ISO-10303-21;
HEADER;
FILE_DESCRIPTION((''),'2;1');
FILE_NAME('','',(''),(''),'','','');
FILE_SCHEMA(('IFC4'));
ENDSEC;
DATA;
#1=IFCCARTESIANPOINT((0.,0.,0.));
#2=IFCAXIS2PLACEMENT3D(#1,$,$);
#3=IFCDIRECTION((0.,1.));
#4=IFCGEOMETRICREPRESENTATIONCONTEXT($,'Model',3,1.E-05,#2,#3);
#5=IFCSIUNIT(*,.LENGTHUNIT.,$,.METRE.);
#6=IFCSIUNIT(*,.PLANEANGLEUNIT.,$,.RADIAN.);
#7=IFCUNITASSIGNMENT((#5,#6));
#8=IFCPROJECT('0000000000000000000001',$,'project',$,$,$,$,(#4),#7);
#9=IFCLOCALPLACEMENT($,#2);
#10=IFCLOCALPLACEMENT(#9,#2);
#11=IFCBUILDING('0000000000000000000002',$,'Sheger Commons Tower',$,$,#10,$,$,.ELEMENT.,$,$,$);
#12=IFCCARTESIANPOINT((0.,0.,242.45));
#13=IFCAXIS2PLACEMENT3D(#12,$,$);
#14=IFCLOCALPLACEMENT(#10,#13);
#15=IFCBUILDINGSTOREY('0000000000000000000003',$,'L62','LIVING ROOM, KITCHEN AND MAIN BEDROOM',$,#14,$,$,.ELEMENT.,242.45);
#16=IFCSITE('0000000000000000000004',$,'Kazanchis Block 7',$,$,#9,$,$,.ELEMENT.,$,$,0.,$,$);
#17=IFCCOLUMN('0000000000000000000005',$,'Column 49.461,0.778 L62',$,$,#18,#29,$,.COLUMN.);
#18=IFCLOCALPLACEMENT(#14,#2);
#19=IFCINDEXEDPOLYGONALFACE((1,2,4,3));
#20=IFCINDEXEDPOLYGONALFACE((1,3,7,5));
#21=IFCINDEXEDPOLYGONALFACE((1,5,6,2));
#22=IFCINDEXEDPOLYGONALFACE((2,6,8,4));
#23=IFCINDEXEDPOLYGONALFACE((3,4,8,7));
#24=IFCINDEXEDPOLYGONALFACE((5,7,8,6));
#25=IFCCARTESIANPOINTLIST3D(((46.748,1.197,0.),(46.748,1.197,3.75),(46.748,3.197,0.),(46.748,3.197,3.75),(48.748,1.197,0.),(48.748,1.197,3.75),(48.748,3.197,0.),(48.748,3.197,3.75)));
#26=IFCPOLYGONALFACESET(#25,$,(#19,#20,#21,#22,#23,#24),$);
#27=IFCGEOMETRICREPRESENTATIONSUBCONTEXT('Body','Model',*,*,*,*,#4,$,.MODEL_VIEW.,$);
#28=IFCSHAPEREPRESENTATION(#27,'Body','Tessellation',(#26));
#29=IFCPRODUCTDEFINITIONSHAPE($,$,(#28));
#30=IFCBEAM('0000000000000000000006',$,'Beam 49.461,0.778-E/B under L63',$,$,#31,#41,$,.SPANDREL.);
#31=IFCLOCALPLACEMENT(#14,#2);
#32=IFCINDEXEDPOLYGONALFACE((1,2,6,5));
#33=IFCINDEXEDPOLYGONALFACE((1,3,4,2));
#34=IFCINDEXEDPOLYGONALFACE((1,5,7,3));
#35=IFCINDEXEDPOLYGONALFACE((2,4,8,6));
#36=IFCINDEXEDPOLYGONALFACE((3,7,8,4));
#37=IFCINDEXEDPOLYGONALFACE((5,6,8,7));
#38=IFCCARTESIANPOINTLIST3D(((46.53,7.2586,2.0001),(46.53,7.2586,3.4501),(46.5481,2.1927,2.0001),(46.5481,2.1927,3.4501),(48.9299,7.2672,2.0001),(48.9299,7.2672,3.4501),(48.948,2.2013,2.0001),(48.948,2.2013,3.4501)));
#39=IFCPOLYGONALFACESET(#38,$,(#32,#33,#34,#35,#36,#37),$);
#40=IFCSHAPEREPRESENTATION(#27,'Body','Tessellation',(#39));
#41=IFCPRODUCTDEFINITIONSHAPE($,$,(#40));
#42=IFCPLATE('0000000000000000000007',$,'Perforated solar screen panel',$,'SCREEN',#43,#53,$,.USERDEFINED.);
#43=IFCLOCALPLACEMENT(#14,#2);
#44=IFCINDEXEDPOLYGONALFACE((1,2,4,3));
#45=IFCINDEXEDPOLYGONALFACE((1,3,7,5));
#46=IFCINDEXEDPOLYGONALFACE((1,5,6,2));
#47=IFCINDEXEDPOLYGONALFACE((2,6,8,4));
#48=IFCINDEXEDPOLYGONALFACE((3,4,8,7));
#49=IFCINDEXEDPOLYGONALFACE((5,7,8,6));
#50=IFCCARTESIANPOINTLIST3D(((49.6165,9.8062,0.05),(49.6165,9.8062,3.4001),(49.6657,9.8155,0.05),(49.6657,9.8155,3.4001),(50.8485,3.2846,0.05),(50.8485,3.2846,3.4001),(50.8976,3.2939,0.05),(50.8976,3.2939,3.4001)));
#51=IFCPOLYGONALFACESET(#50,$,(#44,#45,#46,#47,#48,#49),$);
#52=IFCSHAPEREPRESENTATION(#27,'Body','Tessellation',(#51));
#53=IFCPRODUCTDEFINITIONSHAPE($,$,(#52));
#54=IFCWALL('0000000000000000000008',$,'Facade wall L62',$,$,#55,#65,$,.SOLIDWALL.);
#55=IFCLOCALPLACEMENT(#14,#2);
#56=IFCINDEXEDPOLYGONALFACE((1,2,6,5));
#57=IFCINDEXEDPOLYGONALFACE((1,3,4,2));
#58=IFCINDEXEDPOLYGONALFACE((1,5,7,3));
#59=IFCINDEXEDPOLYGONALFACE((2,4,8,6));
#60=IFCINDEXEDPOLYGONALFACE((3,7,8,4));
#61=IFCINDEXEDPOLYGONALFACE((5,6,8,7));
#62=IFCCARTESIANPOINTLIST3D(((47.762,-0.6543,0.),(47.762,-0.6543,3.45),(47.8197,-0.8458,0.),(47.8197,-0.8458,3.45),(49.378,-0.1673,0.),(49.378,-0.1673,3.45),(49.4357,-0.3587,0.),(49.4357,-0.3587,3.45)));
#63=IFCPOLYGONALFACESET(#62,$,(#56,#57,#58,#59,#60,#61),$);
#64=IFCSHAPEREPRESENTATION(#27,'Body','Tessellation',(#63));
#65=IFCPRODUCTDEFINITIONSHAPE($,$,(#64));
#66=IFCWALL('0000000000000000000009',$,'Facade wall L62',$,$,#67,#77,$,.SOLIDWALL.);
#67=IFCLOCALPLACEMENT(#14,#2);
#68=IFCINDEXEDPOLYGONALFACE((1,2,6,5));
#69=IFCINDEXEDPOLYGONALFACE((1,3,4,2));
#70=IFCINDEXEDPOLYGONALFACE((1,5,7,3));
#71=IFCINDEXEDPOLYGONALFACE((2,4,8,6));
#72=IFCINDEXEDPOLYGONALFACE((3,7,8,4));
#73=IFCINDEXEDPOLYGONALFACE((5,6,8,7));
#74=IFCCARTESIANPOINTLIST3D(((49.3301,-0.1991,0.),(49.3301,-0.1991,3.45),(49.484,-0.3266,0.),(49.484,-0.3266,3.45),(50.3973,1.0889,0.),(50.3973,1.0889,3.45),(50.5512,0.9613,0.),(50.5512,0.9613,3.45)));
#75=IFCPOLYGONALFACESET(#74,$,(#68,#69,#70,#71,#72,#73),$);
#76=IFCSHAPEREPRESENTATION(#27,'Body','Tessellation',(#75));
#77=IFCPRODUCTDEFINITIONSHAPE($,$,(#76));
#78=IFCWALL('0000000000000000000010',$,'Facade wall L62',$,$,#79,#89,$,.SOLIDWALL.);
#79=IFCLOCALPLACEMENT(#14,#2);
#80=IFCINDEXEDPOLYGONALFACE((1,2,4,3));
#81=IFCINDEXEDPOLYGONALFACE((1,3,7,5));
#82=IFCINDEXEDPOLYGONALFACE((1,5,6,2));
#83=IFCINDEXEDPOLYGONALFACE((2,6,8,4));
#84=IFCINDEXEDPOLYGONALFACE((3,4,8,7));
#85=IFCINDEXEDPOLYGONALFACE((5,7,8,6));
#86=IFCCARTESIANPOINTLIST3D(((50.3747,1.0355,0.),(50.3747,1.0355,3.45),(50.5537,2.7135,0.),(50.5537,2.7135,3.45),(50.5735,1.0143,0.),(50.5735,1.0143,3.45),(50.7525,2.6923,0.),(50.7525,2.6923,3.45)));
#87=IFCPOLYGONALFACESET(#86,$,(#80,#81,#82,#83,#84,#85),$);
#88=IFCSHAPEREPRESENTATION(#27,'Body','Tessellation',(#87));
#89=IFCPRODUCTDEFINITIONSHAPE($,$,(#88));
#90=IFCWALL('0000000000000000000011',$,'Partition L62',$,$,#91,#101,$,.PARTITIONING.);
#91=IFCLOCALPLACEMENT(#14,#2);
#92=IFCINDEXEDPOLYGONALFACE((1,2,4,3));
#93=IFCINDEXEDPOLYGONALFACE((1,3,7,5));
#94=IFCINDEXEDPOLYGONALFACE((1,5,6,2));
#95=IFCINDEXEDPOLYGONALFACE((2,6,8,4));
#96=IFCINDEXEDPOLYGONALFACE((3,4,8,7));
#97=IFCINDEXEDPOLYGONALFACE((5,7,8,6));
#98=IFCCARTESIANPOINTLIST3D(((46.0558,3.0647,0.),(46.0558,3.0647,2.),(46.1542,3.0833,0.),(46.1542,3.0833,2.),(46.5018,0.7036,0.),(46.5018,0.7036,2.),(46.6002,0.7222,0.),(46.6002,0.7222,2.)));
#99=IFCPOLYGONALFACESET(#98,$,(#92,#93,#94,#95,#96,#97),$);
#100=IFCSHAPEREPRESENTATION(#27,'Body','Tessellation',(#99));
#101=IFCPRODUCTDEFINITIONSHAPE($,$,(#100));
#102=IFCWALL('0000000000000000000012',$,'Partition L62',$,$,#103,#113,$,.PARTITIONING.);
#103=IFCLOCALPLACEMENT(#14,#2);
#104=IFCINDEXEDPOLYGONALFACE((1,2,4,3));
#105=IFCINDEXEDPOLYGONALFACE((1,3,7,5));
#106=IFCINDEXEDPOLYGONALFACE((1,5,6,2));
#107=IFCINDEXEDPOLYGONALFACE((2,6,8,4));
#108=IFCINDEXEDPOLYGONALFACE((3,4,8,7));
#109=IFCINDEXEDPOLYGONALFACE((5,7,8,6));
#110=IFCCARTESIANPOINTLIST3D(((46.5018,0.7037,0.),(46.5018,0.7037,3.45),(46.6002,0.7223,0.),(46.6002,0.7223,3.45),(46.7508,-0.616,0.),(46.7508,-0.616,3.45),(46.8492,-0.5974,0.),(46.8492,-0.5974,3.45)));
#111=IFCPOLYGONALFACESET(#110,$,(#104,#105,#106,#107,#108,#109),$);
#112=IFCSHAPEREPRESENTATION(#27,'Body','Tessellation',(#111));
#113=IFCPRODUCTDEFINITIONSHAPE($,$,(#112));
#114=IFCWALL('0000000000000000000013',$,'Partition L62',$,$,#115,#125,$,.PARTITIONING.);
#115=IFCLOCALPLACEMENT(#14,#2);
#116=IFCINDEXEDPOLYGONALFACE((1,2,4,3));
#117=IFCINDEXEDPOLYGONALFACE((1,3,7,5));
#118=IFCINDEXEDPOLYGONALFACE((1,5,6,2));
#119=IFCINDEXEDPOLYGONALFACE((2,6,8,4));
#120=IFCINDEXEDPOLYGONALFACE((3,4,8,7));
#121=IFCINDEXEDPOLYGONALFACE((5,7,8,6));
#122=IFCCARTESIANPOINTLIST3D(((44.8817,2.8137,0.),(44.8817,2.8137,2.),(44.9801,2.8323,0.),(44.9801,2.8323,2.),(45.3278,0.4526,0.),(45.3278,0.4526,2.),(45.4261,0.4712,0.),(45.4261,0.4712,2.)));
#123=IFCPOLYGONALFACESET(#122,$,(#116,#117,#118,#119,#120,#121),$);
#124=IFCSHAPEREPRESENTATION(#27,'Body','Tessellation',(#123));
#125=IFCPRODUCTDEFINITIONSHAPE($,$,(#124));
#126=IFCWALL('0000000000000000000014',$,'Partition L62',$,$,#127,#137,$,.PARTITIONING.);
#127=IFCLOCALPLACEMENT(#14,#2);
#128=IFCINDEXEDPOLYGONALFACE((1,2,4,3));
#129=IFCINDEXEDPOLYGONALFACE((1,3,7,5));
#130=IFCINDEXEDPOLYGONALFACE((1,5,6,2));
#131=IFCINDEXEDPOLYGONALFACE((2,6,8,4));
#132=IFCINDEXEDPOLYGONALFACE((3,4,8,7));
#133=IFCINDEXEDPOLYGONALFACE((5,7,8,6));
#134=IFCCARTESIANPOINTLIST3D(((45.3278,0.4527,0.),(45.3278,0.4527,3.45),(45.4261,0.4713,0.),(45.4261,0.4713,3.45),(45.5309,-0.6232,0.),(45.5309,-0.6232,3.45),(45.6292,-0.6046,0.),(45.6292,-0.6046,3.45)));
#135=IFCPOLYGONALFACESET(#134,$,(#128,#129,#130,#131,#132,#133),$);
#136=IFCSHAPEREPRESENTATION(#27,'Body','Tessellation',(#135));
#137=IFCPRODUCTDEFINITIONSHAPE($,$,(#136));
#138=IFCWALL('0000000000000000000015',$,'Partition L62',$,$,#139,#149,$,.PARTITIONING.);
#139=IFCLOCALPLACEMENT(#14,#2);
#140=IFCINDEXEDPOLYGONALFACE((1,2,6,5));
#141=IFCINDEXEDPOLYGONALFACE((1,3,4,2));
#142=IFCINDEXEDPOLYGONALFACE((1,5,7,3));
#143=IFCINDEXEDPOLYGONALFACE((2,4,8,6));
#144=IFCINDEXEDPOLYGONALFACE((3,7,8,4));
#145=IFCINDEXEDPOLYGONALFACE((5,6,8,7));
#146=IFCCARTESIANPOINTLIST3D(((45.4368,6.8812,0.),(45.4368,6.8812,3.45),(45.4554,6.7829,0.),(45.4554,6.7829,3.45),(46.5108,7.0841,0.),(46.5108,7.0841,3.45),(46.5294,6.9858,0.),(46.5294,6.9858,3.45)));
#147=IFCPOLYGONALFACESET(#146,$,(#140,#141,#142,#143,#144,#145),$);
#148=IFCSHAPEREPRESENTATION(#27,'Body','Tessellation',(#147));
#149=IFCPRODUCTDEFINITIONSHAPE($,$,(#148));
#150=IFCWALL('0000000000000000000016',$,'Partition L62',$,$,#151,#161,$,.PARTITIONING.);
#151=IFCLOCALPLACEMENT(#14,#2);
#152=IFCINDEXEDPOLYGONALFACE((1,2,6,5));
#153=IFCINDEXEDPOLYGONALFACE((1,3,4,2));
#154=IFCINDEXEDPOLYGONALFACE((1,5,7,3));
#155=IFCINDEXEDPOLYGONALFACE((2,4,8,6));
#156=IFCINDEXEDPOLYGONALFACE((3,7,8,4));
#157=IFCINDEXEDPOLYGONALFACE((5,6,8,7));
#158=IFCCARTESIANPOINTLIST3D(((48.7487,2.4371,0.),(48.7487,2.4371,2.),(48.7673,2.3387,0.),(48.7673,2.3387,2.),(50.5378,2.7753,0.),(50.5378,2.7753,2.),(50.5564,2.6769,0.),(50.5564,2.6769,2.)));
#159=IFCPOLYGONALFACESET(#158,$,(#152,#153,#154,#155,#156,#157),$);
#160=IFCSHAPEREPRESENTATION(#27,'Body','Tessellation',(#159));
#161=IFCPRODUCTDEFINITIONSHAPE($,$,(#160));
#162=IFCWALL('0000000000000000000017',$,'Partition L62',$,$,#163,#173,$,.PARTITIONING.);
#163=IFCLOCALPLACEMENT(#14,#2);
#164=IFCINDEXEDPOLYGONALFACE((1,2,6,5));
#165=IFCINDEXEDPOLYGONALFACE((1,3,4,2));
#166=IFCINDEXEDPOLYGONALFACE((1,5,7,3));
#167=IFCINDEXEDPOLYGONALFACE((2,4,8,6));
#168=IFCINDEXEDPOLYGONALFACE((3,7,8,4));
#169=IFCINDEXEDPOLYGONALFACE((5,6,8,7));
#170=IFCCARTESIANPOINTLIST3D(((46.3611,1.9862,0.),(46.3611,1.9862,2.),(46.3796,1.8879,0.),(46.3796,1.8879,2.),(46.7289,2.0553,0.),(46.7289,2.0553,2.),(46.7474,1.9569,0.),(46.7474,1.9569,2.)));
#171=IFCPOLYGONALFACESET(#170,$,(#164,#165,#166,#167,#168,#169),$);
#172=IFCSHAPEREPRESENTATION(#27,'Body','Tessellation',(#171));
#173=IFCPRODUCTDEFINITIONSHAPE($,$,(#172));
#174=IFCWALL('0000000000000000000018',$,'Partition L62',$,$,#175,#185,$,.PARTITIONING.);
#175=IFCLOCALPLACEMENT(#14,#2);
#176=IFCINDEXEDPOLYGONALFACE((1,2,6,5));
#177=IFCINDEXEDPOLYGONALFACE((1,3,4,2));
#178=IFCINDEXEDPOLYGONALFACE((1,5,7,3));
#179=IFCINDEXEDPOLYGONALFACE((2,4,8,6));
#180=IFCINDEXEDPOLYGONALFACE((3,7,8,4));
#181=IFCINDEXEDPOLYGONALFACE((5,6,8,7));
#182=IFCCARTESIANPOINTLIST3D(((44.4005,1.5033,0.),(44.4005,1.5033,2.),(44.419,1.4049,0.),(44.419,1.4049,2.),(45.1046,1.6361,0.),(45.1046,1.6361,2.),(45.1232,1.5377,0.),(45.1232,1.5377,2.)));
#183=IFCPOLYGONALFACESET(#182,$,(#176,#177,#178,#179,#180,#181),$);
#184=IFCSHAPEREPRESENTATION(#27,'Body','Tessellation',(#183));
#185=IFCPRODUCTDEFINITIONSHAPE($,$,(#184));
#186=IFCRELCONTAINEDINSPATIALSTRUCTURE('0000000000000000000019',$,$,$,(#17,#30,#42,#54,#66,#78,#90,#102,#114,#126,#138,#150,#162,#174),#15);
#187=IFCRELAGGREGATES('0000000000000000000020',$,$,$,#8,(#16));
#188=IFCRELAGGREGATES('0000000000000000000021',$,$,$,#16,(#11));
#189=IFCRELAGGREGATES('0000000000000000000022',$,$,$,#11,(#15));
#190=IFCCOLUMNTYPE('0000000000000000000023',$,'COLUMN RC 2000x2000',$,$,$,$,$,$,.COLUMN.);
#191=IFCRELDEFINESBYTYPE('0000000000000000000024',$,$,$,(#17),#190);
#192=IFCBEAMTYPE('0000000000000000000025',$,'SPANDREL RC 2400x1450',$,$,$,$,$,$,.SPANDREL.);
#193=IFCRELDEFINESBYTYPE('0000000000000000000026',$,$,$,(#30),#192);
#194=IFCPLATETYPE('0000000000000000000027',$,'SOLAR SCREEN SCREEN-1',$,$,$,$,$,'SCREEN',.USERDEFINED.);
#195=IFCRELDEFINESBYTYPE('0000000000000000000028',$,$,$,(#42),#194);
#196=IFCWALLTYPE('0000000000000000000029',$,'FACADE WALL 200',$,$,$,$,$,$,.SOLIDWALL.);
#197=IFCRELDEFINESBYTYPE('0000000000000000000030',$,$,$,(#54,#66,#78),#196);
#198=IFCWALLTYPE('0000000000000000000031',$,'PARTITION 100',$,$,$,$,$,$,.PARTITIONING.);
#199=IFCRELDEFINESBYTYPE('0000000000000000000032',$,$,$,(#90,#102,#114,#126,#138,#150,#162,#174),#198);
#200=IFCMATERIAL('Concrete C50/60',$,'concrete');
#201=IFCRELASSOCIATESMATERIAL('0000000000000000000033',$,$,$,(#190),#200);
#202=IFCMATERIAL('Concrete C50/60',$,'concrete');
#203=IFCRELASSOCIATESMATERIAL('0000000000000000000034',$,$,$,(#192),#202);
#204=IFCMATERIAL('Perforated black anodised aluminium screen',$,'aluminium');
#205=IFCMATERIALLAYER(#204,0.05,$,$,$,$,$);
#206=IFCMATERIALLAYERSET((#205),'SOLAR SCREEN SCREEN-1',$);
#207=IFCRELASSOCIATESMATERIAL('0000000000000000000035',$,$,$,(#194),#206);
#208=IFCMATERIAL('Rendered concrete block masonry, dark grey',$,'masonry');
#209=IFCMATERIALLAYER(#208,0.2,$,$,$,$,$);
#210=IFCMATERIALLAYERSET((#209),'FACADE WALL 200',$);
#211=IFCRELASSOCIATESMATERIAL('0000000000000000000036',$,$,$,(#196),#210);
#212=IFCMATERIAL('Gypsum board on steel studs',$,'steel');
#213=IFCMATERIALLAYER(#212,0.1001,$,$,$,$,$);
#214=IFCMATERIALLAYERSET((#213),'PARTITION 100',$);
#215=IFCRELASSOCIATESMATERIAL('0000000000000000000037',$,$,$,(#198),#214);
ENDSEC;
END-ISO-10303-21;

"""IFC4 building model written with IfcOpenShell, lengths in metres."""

from ifc_helpers import new_model, si_unit, direction, frame, frame_2d, origin, origin_2d, place, context, subcontext, project, spatial, rectangle, extrude, material, layer, layer_set, material_profile, profile_set, type_object, element, save


model = new_model("IFC4")

# Units and contexts
model_context = context("Model", 3, precision=1e-05, world=origin(), true_north=direction((0.0, 1.0)))
body_context = subcontext(model_context, "Body", "Model", "MODEL_VIEW")
ifc_project = project(units=[si_unit("LENGTHUNIT", "METRE"), si_unit("PLANEANGLEUNIT", "RADIAN")], contexts=[model_context])

# Site, building, storey
site_placement = place(None, origin())
site = spatial("IfcSite", under=ifc_project, at=site_placement, Name="Kazanchis Block 7", CompositionType="ELEMENT", RefElevation=0.0)
building_placement = place(site_placement, origin())
building = spatial("IfcBuilding", under=site, at=building_placement, Name="Sheger Commons Tower", CompositionType="ELEMENT")
storey_placement = place(building_placement, frame((0.0, 0.0, 242.45)))
storey = spatial("IfcBuildingStorey", under=building, at=storey_placement, Name="L62", Description="LIVING ROOM, KITCHEN AND MAIN BEDROOM", CompositionType="ELEMENT", Elevation=242.45)

# Column
ifc_material_1 = material(Name="Concrete C50/60", Category="concrete")
ifc_material_profile_1 = material_profile(ifc_material_1, rectangle(XDim=2.0, YDim=2.0, at=origin_2d()), Name="RC 2000x2000")
ifc_profile_set_1 = profile_set([ifc_material_profile_1], Name="Concrete C50/60")
column_type = type_object("IfcColumnType", Name="COLUMN RC 2000x2000", PredefinedType="COLUMN", material=ifc_profile_set_1)
column_placement = place(storey_placement, frame((47.748, 2.197, 0.0), z_axis=(0.0, 0.0, 1.0), x_axis=(1.0, 0.0, 0.0)))
element("IfcColumn", 1, at=column_placement, inside=storey, type_object=column_type, Name="Column 49.461,0.778 L62", PredefinedType="COLUMN", context=body_context, shape_type="SweptSolid", body=[
    extrude(rectangle(XDim=2.0, YDim=2.0, at=origin_2d()), origin(), (0.0, 0.0, 1.0), 3.75),
])

# Beam
ifc_material_2 = material(Name="Concrete C50/60", Category="concrete")
ifc_material_profile_2 = material_profile(ifc_material_2, rectangle(XDim=2.3999, YDim=1.45, at=origin_2d()), Name="RC 2400x1450")
ifc_profile_set_2 = profile_set([ifc_material_profile_2], Name="Concrete C50/60")
beam_type = type_object("IfcBeamType", Name="SPANDREL RC 2400x1450", PredefinedType="SPANDREL", material=ifc_profile_set_2)
beam_placement = place(storey_placement, frame((47.748, 2.197, 2.7251), z_axis=(-0.003566, 0.999994, 0.0), x_axis=(-0.999994, -0.003566, 0.0)))
element("IfcBeam", 2, at=beam_placement, inside=storey, type_object=beam_type, Name="Beam 49.461,0.778-E/B under L63", PredefinedType="SPANDREL", context=body_context, shape_type="SweptSolid", body=[
    extrude(rectangle(XDim=2.3999, YDim=1.45, at=origin_2d()), origin(), (0.0, 0.0, 1.0), 5.0659),
])

# Plate
ifc_material_3 = material(Name="Perforated black anodised aluminium screen", Category="aluminium")
ifc_layer_1 = layer(ifc_material_3, 0.05)
ifc_layer_set_1 = layer_set([ifc_layer_1], Name="SOLAR SCREEN SCREEN-1")
plate_type = type_object("IfcPlateType", Name="SOLAR SCREEN SCREEN-1", ElementType="SCREEN", PredefinedType="USERDEFINED", material=ifc_layer_set_1)
plate_placement = place(storey_placement, frame((50.2571, 6.55, 0.05), z_axis=(0.0, 0.0, 1.0), x_axis=(-0.185615, 0.982623, 0.0)))
element("IfcPlate", 3, at=plate_placement, inside=storey, type_object=plate_type, Name="Perforated solar screen panel", ObjectType="SCREEN", PredefinedType="USERDEFINED", context=body_context, shape_type="SweptSolid", body=[
    extrude(rectangle(XDim=6.637, YDim=0.05, at=origin_2d()), origin(), (0.0, 0.0, 1.0), 3.3501),
])

# Walls
ifc_material_4 = material(Name="Rendered concrete block masonry, dark grey", Category="masonry")
ifc_layer_2 = layer(ifc_material_4, 0.2)
ifc_layer_set_2 = layer_set([ifc_layer_2], Name="FACADE WALL 200")
wall_type_1 = type_object("IfcWallType", Name="FACADE WALL 200", PredefinedType="SOLIDWALL", material=ifc_layer_set_2)
wall_1_placement = place(storey_placement, frame((47.791, -0.75, 0.0), z_axis=(0.0, 0.0, 1.0), x_axis=(0.957455, 0.288582, 0.0)))
element("IfcWall", 4, at=wall_1_placement, inside=storey, type_object=wall_type_1, Name="Facade wall L62", PredefinedType="SOLIDWALL", context=body_context, shape_type="SweptSolid", body=[
    extrude(rectangle(XDim=1.6877, YDim=0.2, at=frame_2d((0.8438, 0.0))), origin(), (0.0, 0.0, 1.0), 3.45),
])
wall_2_placement = place(storey_placement, frame((49.407, -0.2629, 0.0), z_axis=(0.0, 0.0, 1.0), x_axis=(0.638043, 0.770001, 0.0)))
element("IfcWall", 5, at=wall_2_placement, inside=storey, type_object=wall_type_1, Name="Facade wall L62", PredefinedType="SOLIDWALL", context=body_context, shape_type="SweptSolid", body=[
    extrude(rectangle(XDim=1.6726, YDim=0.2, at=frame_2d((0.8364, 0.0))), origin(), (0.0, 0.0, 1.0), 3.45),
])
wall_3_placement = place(storey_placement, frame((50.4741, 1.0249, 0.0), z_axis=(0.0, 0.0, 1.0), x_axis=(0.106048, 0.994361, 0.0)))
element("IfcWall", 6, at=wall_3_placement, inside=storey, type_object=wall_type_1, Name="Facade wall L62", PredefinedType="SOLIDWALL", context=body_context, shape_type="SweptSolid", body=[
    extrude(rectangle(XDim=1.6875, YDim=0.2, at=frame_2d((0.8438, 0.0))), origin(), (0.0, 0.0, 1.0), 3.45),
])

# Walls
ifc_material_5 = material(Name="Gypsum board on steel studs", Category="steel")
ifc_layer_3 = layer(ifc_material_5, 0.1001)
ifc_layer_set_3 = layer_set([ifc_layer_3], Name="PARTITION 100")
wall_type_2 = type_object("IfcWallType", Name="PARTITION 100", PredefinedType="PARTITIONING", material=ifc_layer_set_3)
wall_4_placement = place(storey_placement, frame((46.105, 3.074, 0.0), z_axis=(0.0, 0.0, 1.0), x_axis=(0.185632, -0.982619, 0.0)))
element("IfcWall", 7, at=wall_4_placement, inside=storey, type_object=wall_type_2, Name="Partition L62", PredefinedType="PARTITIONING", context=body_context, shape_type="SweptSolid", body=[
    extrude(rectangle(XDim=2.4028, YDim=0.1001, at=frame_2d((1.2014, 0.0))), origin(), (0.0, 0.0, 1.0), 2.0),
])
wall_5_placement = place(storey_placement, frame((46.551, 0.7129, 0.0), z_axis=(0.0, 0.0, 1.0), x_axis=(0.185408, -0.982662, 0.0)))
element("IfcWall", 8, at=wall_5_placement, inside=storey, type_object=wall_type_2, Name="Partition L62", PredefinedType="PARTITIONING", context=body_context, shape_type="SweptSolid", body=[
    extrude(rectangle(XDim=1.343, YDim=0.1001, at=frame_2d((0.6714, 0.0))), origin(), (0.0, 0.0, 1.0), 3.45),
])
wall_6_placement = place(storey_placement, frame((44.9309, 2.823, 0.0), z_axis=(0.0, 0.0, 1.0), x_axis=(0.185632, -0.982619, 0.0)))
element("IfcWall", 9, at=wall_6_placement, inside=storey, type_object=wall_type_2, Name="Partition L62", PredefinedType="PARTITIONING", context=body_context, shape_type="SweptSolid", body=[
    extrude(rectangle(XDim=2.4028, YDim=0.1001, at=frame_2d((1.2014, 0.0))), origin(), (0.0, 0.0, 1.0), 2.0),
])
wall_7_placement = place(storey_placement, frame((45.377, 0.4619, 0.0), z_axis=(0.0, 0.0, 1.0), x_axis=(0.185513, -0.982642, 0.0)))
element("IfcWall", 10, at=wall_7_placement, inside=storey, type_object=wall_type_2, Name="Partition L62", PredefinedType="PARTITIONING", context=body_context, shape_type="SweptSolid", body=[
    extrude(rectangle(XDim=1.095, YDim=0.1001, at=frame_2d((0.5474, 0.0))), origin(), (0.0, 0.0, 1.0), 3.45),
])
wall_8_placement = place(storey_placement, frame((46.52, 7.0349, 0.0), z_axis=(0.0, 0.0, 1.0), x_axis=(-0.982621, -0.185624, 0.0)))
element("IfcWall", 11, at=wall_8_placement, inside=storey, type_object=wall_type_2, Name="Partition L62", PredefinedType="PARTITIONING", context=body_context, shape_type="SweptSolid", body=[
    extrude(rectangle(XDim=1.093, YDim=0.1001, at=frame_2d((0.5464, 0.0))), origin(), (0.0, 0.0, 1.0), 3.45),
])
wall_9_placement = place(storey_placement, frame((50.5471, 2.7261, 0.0), z_axis=(0.0, 0.0, 1.0), x_axis=(-0.982604, -0.185713, 0.0)))
element("IfcWall", 12, at=wall_9_placement, inside=storey, type_object=wall_type_2, Name="Partition L62", PredefinedType="PARTITIONING", context=body_context, shape_type="SweptSolid", body=[
    extrude(rectangle(XDim=1.8208, YDim=0.1001, at=frame_2d((0.9104, 0.0))), origin(), (0.0, 0.0, 1.0), 2.0),
])
wall_10_placement = place(storey_placement, frame((46.738, 2.0061, 0.0), z_axis=(0.0, 0.0, 1.0), x_axis=(-0.98282, -0.184564, 0.0)))
element("IfcWall", 13, at=wall_10_placement, inside=storey, type_object=wall_type_2, Name="Partition L62", PredefinedType="PARTITIONING", context=body_context, shape_type="SweptSolid", body=[
    extrude(rectangle(XDim=0.3743, YDim=0.1001, at=frame_2d((0.187, 0.0))), origin(), (0.0, 0.0, 1.0), 2.0),
])
wall_11_placement = place(storey_placement, frame((45.114, 1.5869, 0.0), z_axis=(0.0, 0.0, 1.0), x_axis=(-0.982671, -0.185358, 0.0)))
element("IfcWall", 14, at=wall_11_placement, inside=storey, type_object=wall_type_2, Name="Partition L62", PredefinedType="PARTITIONING", context=body_context, shape_type="SweptSolid", body=[
    extrude(rectangle(XDim=0.7166, YDim=0.1001, at=frame_2d((0.3584, 0.0))), origin(), (0.0, 0.0, 1.0), 2.0),
])

save(model, "model.ifc")
